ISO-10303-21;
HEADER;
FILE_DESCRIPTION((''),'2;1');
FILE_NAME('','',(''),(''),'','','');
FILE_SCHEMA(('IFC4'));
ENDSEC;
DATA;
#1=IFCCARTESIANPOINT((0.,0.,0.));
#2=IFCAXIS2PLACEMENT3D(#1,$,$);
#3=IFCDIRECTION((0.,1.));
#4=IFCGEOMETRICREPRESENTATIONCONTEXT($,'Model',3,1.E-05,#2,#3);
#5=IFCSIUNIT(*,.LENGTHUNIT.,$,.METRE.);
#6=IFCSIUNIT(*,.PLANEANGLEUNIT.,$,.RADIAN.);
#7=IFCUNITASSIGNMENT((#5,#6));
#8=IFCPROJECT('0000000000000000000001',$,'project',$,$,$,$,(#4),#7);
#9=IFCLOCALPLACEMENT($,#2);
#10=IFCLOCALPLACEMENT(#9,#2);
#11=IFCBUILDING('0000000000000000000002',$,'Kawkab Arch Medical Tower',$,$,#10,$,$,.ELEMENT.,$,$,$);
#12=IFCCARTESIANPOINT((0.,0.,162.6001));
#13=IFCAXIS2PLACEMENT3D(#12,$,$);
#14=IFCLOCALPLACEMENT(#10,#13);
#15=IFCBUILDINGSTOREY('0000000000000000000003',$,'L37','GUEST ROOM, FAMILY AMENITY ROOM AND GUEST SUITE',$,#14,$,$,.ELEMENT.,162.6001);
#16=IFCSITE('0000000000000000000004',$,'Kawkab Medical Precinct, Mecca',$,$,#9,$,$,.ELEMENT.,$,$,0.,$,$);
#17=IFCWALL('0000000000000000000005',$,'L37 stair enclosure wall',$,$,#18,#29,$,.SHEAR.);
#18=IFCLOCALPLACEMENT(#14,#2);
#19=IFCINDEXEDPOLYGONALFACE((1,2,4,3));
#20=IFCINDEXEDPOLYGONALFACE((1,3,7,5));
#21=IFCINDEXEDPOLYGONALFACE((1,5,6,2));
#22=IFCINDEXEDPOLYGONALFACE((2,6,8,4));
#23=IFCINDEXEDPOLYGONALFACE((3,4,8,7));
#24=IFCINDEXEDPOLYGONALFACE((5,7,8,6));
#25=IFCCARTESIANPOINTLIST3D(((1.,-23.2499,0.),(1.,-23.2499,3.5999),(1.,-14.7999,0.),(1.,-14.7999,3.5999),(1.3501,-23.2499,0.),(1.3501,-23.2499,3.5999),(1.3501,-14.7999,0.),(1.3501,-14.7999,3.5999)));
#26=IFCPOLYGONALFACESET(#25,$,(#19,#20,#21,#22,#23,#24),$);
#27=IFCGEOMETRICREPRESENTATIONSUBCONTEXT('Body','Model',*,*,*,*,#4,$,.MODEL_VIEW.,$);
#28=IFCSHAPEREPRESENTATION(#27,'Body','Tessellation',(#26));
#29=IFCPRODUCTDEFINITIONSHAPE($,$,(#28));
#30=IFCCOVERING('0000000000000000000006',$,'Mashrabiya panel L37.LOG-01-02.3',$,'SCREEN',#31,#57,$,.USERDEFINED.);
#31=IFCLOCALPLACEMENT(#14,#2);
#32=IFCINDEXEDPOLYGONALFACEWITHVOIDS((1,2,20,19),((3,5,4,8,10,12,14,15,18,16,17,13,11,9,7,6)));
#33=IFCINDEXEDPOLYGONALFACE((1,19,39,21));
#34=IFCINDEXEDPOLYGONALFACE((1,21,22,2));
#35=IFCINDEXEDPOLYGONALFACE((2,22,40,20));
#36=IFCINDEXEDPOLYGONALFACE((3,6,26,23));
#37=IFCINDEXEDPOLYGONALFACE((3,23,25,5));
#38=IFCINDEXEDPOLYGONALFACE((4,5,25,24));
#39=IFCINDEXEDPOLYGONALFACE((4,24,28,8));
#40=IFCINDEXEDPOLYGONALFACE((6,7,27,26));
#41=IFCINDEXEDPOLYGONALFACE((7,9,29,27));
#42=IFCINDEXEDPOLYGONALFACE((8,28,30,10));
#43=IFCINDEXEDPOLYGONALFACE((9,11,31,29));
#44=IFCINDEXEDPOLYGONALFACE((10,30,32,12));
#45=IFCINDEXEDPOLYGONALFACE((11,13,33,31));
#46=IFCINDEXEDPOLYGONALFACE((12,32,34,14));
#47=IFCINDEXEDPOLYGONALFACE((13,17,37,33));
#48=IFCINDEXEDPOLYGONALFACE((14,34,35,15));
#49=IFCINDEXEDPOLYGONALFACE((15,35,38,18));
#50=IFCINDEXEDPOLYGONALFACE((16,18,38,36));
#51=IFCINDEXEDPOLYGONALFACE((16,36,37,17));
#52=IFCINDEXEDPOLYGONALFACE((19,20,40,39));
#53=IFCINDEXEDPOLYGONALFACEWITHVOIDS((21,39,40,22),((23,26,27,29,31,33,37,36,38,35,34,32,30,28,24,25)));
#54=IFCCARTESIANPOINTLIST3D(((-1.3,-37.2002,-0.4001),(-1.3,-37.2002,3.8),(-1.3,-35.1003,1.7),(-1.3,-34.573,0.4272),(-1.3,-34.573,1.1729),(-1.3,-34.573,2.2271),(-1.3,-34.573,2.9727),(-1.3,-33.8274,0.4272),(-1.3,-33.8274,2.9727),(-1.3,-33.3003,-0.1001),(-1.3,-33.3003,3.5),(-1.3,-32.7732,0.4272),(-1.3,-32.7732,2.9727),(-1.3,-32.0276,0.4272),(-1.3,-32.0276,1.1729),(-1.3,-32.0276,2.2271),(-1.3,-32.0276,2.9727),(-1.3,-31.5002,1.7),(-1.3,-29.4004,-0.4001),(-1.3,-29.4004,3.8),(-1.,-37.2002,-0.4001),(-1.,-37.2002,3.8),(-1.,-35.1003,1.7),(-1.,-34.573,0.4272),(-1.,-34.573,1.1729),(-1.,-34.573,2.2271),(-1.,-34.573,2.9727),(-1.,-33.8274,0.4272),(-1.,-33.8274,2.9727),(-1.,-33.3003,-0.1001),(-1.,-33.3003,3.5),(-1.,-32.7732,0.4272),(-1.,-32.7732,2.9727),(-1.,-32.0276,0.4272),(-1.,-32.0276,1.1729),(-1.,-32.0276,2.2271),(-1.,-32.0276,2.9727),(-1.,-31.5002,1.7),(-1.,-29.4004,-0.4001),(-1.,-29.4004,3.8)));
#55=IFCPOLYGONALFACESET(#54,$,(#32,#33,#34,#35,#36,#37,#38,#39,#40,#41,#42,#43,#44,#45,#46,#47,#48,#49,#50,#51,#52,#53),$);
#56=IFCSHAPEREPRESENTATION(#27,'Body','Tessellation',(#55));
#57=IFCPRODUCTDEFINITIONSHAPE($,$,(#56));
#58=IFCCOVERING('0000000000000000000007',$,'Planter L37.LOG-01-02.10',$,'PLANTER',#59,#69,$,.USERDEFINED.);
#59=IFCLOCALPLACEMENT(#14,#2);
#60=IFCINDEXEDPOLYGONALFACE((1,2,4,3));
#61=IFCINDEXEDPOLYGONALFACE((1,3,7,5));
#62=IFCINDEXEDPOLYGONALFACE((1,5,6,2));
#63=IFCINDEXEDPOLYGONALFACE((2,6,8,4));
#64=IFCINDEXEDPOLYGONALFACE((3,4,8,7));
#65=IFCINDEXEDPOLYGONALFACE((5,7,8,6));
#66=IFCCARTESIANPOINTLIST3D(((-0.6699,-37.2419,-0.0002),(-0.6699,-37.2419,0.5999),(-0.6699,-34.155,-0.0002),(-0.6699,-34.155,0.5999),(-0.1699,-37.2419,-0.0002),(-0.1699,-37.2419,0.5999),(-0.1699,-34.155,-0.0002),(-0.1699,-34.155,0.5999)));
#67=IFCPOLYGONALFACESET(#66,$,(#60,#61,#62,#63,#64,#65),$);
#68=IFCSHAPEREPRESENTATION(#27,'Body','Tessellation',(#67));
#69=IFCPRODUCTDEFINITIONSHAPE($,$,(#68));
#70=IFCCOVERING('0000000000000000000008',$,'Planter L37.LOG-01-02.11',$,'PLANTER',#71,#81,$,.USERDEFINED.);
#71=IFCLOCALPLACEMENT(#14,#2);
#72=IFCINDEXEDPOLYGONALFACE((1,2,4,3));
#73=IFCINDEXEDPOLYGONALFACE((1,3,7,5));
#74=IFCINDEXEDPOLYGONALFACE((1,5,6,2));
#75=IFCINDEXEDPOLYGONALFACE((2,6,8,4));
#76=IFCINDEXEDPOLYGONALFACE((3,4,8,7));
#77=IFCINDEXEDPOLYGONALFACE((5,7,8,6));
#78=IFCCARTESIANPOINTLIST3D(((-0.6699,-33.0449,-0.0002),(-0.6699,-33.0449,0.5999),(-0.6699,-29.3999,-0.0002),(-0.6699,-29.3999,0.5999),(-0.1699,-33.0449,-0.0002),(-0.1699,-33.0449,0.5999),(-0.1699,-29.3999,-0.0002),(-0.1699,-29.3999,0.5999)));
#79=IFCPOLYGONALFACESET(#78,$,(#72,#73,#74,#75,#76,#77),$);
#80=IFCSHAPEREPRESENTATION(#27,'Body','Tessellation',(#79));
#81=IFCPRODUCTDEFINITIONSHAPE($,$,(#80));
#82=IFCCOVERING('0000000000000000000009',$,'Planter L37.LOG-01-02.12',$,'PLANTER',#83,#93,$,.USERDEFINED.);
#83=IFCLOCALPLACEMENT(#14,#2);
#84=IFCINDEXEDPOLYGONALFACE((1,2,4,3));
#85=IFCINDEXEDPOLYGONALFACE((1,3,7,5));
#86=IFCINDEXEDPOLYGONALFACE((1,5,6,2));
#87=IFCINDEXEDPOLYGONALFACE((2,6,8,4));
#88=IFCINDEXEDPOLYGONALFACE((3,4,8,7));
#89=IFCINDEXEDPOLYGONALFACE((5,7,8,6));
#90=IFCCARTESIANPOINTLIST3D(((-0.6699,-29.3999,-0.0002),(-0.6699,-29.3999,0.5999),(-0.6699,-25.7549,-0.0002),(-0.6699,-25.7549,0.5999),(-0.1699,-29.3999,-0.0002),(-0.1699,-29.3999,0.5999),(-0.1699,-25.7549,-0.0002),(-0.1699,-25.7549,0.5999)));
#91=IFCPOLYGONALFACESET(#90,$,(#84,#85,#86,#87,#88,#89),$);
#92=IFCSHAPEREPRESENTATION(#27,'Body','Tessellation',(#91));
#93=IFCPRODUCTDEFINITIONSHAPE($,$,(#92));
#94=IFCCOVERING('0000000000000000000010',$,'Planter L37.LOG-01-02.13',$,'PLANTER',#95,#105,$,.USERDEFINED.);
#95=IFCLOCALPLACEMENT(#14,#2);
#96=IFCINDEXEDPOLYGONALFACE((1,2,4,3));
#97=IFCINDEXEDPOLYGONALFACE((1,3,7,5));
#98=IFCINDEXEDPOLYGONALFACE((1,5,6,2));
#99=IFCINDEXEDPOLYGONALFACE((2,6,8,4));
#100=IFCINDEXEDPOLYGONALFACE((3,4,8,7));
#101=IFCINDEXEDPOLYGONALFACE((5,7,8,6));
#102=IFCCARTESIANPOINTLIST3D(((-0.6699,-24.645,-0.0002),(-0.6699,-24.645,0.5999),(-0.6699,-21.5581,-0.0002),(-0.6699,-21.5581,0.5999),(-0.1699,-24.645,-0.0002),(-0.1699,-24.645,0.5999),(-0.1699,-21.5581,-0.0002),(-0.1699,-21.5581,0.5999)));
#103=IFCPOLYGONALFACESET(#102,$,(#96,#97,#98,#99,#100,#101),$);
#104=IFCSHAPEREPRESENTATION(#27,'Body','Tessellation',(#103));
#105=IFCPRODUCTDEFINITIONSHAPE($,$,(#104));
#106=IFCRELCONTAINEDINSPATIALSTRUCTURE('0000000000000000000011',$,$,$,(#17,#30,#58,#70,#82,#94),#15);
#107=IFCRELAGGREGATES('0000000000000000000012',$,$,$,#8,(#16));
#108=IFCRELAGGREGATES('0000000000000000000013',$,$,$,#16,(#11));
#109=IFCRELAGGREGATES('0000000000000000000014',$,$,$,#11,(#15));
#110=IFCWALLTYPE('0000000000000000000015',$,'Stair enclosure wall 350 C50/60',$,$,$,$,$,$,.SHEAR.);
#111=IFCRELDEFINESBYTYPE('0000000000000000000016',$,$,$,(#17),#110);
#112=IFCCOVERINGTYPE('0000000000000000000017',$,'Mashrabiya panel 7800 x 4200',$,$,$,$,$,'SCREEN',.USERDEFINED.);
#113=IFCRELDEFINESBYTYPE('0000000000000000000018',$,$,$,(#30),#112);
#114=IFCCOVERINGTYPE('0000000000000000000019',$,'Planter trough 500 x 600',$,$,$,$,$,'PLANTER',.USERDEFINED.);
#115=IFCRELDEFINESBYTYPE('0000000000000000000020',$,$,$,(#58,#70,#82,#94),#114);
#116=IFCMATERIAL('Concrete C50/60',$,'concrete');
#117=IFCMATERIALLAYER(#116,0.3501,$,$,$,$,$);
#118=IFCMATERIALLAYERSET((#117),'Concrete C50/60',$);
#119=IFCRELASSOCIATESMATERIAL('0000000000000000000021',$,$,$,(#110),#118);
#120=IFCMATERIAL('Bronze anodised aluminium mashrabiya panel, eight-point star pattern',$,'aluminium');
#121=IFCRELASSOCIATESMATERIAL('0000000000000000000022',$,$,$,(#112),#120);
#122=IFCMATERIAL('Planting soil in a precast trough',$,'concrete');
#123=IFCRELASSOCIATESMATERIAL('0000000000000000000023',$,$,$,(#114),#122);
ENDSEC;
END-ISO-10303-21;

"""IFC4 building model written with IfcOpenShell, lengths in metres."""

from ifc_helpers import new_model, si_unit, direction, frame, frame_2d, origin, origin_2d, place, context, subcontext, project, spatial, polyline, rectangle, outline, extrude, material, layer, layer_set, material_profile, profile_set, type_object, element, save


model = new_model("IFC4")

# Units and contexts
model_context = context("Model", 3, precision=1e-05, world=origin(), true_north=direction((0.0, 1.0)))
body_context = subcontext(model_context, "Body", "Model", "MODEL_VIEW")
ifc_project = project(units=[si_unit("LENGTHUNIT", "METRE"), si_unit("PLANEANGLEUNIT", "RADIAN")], contexts=[model_context])

# Site, building, storey
site_placement = place(None, origin())
site = spatial("IfcSite", under=ifc_project, at=site_placement, Name="Kawkab Medical Precinct, Mecca", CompositionType="ELEMENT", RefElevation=0.0)
building_placement = place(site_placement, origin())
building = spatial("IfcBuilding", under=site, at=building_placement, Name="Kawkab Arch Medical Tower", CompositionType="ELEMENT")
storey_placement = place(building_placement, frame((0.0, 0.0, 162.6001)))
storey = spatial("IfcBuildingStorey", under=building, at=storey_placement, Name="L37", Description="GUEST ROOM, FAMILY AMENITY ROOM AND GUEST SUITE", CompositionType="ELEMENT", Elevation=162.6001)

# Wall
ifc_material_1 = material(Name="Concrete C50/60", Category="concrete")
ifc_layer_1 = layer(ifc_material_1, 0.3501)
ifc_layer_set_1 = layer_set([ifc_layer_1], Name="Concrete C50/60")
wall_type_1 = type_object("IfcWallType", Name="Stair enclosure wall 350 C50/60", PredefinedType="SHEAR", material=ifc_layer_set_1)
wall_1_placement = place(storey_placement, frame((1.175, -23.25, 0.0), z_axis=(0.0, 0.0, 1.0), x_axis=(0.0, 1.0, 0.0)))
element("IfcWall", 1, at=wall_1_placement, inside=storey, type_object=wall_type_1, Name="L37 stair enclosure wall", PredefinedType="SHEAR", context=body_context, shape_type="SweptSolid", body=[
    extrude(rectangle(XDim=8.45, YDim=0.3501, at=frame_2d((4.2251, 0.0))), origin(), (0.0, 0.0, 1.0), 3.5999),
])

# Coverings
ifc_material_2 = material(Name="Bronze anodised aluminium mashrabiya panel, eight-point star pattern", Category="aluminium")
ifc_material_profile_1 = material_profile(ifc_material_2, outline(polyline([(-3.8999, -2.1001), (3.8999, -2.1001), (3.8999, 2.1001), (-3.8999, 2.1001), (-3.8999, -2.1001)]), holes=[polyline([(1.8, 0.0), (1.2727, 0.5271), (1.2727, 1.2727), (0.5271, 1.2727), (0.0, 1.8), (-0.5271, 1.2727), (-1.2727, 1.2727), (-1.2727, 0.5271), (-1.8, 0.0), (-1.2727, -0.5271), (-1.2727, -1.2727), (-0.5271, -1.2727), (0.0, -1.8), (0.5271, -1.2727), (1.2727, -1.2727), (1.2727, -0.5271), (1.8, 0.0)])]), Name="Mashrabiya panel 7800x4200")
ifc_profile_set_1 = profile_set([ifc_material_profile_1], Name="Bronze anodised aluminium mashrabiya panel, eight-point star pattern")
covering_type_1 = type_object("IfcCoveringType", Name="Mashrabiya panel 7800 x 4200", ElementType="SCREEN", PredefinedType="USERDEFINED", material=ifc_profile_set_1)
covering_1_placement = place(storey_placement, frame((-1.0, -33.3003, 1.7), z_axis=(-1.0, 0.0, 0.0), x_axis=(0.0, -1.0, 0.0)))
element("IfcCovering", 2, at=covering_1_placement, inside=storey, type_object=covering_type_1, Name="Mashrabiya panel L37.LOG-01-02.3", ObjectType="SCREEN", PredefinedType="USERDEFINED", context=body_context, shape_type="SweptSolid", body=[
    extrude(outline(polyline([(-3.8999, -2.1001), (3.8999, -2.1001), (3.8999, 2.1001), (-3.8999, 2.1001), (-3.8999, -2.1001)]), holes=[polyline([(1.8, 0.0), (1.2727, 0.5271), (1.2727, 1.2727), (0.5271, 1.2727), (0.0, 1.8), (-0.5271, 1.2727), (-1.2727, 1.2727), (-1.2727, 0.5271), (-1.8, 0.0), (-1.2727, -0.5271), (-1.2727, -1.2727), (-0.5271, -1.2727), (0.0, -1.8), (0.5271, -1.2727), (1.2727, -1.2727), (1.2727, -0.5271), (1.8, 0.0)])]), origin(), (0.0, 0.0, 1.0), 0.3),
])
ifc_material_3 = material(Name="Planting soil in a precast trough", Category="concrete")
ifc_material_profile_2 = material_profile(ifc_material_3, rectangle(XDim=0.5, YDim=0.6001, at=origin_2d()), Name="Trough 500x600")
ifc_profile_set_2 = profile_set([ifc_material_profile_2], Name="Planting soil in a precast trough")
covering_type_2 = type_object("IfcCoveringType", Name="Planter trough 500 x 600", ElementType="PLANTER", PredefinedType="USERDEFINED", material=ifc_profile_set_2)
covering_2_placement = place(storey_placement, frame((-0.4199, -37.2419, 0.2998), z_axis=(0.0, 1.0, 0.0), x_axis=(-1.0, 0.0, 0.0)))
element("IfcCovering", 3, at=covering_2_placement, inside=storey, type_object=covering_type_2, Name="Planter L37.LOG-01-02.10", ObjectType="PLANTER", PredefinedType="USERDEFINED", context=body_context, shape_type="SweptSolid", body=[
    extrude(rectangle(XDim=0.5, YDim=0.6001, at=origin_2d()), origin(), (0.0, 0.0, 1.0), 3.0869),
])
for number, where, z_axis, x_axis, name in (
    (4, (-0.4199, -33.0449, 0.2998), (0.0, 1.0, 0.0), (-1.0, 0.0, 0.0), "Planter L37.LOG-01-02.11"),
    (5, (-0.4199, -29.3999, 0.2998), (0.0, 1.0, 0.0), (-1.0, 0.0, 0.0), "Planter L37.LOG-01-02.12"),
):
    element("IfcCovering", number, at=place(storey_placement, frame(where, z_axis=z_axis, x_axis=x_axis)), inside=storey, type_object=covering_type_2, Name=name, ObjectType="PLANTER", PredefinedType="USERDEFINED", context=body_context, shape_type="SweptSolid", body=[
        extrude(rectangle(XDim=0.5, YDim=0.6001, at=origin_2d()), origin(), (0.0, 0.0, 1.0), 3.645),
    ])
covering_3_placement = place(storey_placement, frame((-0.4199, -24.645, 0.2998), z_axis=(0.0, 1.0, 0.0), x_axis=(-1.0, 0.0, 0.0)))
element("IfcCovering", 6, at=covering_3_placement, inside=storey, type_object=covering_type_2, Name="Planter L37.LOG-01-02.13", ObjectType="PLANTER", PredefinedType="USERDEFINED", context=body_context, shape_type="SweptSolid", body=[
    extrude(rectangle(XDim=0.5, YDim=0.6001, at=origin_2d()), origin(), (0.0, 0.0, 1.0), 3.0869),
])

save(model, "model.ifc")
